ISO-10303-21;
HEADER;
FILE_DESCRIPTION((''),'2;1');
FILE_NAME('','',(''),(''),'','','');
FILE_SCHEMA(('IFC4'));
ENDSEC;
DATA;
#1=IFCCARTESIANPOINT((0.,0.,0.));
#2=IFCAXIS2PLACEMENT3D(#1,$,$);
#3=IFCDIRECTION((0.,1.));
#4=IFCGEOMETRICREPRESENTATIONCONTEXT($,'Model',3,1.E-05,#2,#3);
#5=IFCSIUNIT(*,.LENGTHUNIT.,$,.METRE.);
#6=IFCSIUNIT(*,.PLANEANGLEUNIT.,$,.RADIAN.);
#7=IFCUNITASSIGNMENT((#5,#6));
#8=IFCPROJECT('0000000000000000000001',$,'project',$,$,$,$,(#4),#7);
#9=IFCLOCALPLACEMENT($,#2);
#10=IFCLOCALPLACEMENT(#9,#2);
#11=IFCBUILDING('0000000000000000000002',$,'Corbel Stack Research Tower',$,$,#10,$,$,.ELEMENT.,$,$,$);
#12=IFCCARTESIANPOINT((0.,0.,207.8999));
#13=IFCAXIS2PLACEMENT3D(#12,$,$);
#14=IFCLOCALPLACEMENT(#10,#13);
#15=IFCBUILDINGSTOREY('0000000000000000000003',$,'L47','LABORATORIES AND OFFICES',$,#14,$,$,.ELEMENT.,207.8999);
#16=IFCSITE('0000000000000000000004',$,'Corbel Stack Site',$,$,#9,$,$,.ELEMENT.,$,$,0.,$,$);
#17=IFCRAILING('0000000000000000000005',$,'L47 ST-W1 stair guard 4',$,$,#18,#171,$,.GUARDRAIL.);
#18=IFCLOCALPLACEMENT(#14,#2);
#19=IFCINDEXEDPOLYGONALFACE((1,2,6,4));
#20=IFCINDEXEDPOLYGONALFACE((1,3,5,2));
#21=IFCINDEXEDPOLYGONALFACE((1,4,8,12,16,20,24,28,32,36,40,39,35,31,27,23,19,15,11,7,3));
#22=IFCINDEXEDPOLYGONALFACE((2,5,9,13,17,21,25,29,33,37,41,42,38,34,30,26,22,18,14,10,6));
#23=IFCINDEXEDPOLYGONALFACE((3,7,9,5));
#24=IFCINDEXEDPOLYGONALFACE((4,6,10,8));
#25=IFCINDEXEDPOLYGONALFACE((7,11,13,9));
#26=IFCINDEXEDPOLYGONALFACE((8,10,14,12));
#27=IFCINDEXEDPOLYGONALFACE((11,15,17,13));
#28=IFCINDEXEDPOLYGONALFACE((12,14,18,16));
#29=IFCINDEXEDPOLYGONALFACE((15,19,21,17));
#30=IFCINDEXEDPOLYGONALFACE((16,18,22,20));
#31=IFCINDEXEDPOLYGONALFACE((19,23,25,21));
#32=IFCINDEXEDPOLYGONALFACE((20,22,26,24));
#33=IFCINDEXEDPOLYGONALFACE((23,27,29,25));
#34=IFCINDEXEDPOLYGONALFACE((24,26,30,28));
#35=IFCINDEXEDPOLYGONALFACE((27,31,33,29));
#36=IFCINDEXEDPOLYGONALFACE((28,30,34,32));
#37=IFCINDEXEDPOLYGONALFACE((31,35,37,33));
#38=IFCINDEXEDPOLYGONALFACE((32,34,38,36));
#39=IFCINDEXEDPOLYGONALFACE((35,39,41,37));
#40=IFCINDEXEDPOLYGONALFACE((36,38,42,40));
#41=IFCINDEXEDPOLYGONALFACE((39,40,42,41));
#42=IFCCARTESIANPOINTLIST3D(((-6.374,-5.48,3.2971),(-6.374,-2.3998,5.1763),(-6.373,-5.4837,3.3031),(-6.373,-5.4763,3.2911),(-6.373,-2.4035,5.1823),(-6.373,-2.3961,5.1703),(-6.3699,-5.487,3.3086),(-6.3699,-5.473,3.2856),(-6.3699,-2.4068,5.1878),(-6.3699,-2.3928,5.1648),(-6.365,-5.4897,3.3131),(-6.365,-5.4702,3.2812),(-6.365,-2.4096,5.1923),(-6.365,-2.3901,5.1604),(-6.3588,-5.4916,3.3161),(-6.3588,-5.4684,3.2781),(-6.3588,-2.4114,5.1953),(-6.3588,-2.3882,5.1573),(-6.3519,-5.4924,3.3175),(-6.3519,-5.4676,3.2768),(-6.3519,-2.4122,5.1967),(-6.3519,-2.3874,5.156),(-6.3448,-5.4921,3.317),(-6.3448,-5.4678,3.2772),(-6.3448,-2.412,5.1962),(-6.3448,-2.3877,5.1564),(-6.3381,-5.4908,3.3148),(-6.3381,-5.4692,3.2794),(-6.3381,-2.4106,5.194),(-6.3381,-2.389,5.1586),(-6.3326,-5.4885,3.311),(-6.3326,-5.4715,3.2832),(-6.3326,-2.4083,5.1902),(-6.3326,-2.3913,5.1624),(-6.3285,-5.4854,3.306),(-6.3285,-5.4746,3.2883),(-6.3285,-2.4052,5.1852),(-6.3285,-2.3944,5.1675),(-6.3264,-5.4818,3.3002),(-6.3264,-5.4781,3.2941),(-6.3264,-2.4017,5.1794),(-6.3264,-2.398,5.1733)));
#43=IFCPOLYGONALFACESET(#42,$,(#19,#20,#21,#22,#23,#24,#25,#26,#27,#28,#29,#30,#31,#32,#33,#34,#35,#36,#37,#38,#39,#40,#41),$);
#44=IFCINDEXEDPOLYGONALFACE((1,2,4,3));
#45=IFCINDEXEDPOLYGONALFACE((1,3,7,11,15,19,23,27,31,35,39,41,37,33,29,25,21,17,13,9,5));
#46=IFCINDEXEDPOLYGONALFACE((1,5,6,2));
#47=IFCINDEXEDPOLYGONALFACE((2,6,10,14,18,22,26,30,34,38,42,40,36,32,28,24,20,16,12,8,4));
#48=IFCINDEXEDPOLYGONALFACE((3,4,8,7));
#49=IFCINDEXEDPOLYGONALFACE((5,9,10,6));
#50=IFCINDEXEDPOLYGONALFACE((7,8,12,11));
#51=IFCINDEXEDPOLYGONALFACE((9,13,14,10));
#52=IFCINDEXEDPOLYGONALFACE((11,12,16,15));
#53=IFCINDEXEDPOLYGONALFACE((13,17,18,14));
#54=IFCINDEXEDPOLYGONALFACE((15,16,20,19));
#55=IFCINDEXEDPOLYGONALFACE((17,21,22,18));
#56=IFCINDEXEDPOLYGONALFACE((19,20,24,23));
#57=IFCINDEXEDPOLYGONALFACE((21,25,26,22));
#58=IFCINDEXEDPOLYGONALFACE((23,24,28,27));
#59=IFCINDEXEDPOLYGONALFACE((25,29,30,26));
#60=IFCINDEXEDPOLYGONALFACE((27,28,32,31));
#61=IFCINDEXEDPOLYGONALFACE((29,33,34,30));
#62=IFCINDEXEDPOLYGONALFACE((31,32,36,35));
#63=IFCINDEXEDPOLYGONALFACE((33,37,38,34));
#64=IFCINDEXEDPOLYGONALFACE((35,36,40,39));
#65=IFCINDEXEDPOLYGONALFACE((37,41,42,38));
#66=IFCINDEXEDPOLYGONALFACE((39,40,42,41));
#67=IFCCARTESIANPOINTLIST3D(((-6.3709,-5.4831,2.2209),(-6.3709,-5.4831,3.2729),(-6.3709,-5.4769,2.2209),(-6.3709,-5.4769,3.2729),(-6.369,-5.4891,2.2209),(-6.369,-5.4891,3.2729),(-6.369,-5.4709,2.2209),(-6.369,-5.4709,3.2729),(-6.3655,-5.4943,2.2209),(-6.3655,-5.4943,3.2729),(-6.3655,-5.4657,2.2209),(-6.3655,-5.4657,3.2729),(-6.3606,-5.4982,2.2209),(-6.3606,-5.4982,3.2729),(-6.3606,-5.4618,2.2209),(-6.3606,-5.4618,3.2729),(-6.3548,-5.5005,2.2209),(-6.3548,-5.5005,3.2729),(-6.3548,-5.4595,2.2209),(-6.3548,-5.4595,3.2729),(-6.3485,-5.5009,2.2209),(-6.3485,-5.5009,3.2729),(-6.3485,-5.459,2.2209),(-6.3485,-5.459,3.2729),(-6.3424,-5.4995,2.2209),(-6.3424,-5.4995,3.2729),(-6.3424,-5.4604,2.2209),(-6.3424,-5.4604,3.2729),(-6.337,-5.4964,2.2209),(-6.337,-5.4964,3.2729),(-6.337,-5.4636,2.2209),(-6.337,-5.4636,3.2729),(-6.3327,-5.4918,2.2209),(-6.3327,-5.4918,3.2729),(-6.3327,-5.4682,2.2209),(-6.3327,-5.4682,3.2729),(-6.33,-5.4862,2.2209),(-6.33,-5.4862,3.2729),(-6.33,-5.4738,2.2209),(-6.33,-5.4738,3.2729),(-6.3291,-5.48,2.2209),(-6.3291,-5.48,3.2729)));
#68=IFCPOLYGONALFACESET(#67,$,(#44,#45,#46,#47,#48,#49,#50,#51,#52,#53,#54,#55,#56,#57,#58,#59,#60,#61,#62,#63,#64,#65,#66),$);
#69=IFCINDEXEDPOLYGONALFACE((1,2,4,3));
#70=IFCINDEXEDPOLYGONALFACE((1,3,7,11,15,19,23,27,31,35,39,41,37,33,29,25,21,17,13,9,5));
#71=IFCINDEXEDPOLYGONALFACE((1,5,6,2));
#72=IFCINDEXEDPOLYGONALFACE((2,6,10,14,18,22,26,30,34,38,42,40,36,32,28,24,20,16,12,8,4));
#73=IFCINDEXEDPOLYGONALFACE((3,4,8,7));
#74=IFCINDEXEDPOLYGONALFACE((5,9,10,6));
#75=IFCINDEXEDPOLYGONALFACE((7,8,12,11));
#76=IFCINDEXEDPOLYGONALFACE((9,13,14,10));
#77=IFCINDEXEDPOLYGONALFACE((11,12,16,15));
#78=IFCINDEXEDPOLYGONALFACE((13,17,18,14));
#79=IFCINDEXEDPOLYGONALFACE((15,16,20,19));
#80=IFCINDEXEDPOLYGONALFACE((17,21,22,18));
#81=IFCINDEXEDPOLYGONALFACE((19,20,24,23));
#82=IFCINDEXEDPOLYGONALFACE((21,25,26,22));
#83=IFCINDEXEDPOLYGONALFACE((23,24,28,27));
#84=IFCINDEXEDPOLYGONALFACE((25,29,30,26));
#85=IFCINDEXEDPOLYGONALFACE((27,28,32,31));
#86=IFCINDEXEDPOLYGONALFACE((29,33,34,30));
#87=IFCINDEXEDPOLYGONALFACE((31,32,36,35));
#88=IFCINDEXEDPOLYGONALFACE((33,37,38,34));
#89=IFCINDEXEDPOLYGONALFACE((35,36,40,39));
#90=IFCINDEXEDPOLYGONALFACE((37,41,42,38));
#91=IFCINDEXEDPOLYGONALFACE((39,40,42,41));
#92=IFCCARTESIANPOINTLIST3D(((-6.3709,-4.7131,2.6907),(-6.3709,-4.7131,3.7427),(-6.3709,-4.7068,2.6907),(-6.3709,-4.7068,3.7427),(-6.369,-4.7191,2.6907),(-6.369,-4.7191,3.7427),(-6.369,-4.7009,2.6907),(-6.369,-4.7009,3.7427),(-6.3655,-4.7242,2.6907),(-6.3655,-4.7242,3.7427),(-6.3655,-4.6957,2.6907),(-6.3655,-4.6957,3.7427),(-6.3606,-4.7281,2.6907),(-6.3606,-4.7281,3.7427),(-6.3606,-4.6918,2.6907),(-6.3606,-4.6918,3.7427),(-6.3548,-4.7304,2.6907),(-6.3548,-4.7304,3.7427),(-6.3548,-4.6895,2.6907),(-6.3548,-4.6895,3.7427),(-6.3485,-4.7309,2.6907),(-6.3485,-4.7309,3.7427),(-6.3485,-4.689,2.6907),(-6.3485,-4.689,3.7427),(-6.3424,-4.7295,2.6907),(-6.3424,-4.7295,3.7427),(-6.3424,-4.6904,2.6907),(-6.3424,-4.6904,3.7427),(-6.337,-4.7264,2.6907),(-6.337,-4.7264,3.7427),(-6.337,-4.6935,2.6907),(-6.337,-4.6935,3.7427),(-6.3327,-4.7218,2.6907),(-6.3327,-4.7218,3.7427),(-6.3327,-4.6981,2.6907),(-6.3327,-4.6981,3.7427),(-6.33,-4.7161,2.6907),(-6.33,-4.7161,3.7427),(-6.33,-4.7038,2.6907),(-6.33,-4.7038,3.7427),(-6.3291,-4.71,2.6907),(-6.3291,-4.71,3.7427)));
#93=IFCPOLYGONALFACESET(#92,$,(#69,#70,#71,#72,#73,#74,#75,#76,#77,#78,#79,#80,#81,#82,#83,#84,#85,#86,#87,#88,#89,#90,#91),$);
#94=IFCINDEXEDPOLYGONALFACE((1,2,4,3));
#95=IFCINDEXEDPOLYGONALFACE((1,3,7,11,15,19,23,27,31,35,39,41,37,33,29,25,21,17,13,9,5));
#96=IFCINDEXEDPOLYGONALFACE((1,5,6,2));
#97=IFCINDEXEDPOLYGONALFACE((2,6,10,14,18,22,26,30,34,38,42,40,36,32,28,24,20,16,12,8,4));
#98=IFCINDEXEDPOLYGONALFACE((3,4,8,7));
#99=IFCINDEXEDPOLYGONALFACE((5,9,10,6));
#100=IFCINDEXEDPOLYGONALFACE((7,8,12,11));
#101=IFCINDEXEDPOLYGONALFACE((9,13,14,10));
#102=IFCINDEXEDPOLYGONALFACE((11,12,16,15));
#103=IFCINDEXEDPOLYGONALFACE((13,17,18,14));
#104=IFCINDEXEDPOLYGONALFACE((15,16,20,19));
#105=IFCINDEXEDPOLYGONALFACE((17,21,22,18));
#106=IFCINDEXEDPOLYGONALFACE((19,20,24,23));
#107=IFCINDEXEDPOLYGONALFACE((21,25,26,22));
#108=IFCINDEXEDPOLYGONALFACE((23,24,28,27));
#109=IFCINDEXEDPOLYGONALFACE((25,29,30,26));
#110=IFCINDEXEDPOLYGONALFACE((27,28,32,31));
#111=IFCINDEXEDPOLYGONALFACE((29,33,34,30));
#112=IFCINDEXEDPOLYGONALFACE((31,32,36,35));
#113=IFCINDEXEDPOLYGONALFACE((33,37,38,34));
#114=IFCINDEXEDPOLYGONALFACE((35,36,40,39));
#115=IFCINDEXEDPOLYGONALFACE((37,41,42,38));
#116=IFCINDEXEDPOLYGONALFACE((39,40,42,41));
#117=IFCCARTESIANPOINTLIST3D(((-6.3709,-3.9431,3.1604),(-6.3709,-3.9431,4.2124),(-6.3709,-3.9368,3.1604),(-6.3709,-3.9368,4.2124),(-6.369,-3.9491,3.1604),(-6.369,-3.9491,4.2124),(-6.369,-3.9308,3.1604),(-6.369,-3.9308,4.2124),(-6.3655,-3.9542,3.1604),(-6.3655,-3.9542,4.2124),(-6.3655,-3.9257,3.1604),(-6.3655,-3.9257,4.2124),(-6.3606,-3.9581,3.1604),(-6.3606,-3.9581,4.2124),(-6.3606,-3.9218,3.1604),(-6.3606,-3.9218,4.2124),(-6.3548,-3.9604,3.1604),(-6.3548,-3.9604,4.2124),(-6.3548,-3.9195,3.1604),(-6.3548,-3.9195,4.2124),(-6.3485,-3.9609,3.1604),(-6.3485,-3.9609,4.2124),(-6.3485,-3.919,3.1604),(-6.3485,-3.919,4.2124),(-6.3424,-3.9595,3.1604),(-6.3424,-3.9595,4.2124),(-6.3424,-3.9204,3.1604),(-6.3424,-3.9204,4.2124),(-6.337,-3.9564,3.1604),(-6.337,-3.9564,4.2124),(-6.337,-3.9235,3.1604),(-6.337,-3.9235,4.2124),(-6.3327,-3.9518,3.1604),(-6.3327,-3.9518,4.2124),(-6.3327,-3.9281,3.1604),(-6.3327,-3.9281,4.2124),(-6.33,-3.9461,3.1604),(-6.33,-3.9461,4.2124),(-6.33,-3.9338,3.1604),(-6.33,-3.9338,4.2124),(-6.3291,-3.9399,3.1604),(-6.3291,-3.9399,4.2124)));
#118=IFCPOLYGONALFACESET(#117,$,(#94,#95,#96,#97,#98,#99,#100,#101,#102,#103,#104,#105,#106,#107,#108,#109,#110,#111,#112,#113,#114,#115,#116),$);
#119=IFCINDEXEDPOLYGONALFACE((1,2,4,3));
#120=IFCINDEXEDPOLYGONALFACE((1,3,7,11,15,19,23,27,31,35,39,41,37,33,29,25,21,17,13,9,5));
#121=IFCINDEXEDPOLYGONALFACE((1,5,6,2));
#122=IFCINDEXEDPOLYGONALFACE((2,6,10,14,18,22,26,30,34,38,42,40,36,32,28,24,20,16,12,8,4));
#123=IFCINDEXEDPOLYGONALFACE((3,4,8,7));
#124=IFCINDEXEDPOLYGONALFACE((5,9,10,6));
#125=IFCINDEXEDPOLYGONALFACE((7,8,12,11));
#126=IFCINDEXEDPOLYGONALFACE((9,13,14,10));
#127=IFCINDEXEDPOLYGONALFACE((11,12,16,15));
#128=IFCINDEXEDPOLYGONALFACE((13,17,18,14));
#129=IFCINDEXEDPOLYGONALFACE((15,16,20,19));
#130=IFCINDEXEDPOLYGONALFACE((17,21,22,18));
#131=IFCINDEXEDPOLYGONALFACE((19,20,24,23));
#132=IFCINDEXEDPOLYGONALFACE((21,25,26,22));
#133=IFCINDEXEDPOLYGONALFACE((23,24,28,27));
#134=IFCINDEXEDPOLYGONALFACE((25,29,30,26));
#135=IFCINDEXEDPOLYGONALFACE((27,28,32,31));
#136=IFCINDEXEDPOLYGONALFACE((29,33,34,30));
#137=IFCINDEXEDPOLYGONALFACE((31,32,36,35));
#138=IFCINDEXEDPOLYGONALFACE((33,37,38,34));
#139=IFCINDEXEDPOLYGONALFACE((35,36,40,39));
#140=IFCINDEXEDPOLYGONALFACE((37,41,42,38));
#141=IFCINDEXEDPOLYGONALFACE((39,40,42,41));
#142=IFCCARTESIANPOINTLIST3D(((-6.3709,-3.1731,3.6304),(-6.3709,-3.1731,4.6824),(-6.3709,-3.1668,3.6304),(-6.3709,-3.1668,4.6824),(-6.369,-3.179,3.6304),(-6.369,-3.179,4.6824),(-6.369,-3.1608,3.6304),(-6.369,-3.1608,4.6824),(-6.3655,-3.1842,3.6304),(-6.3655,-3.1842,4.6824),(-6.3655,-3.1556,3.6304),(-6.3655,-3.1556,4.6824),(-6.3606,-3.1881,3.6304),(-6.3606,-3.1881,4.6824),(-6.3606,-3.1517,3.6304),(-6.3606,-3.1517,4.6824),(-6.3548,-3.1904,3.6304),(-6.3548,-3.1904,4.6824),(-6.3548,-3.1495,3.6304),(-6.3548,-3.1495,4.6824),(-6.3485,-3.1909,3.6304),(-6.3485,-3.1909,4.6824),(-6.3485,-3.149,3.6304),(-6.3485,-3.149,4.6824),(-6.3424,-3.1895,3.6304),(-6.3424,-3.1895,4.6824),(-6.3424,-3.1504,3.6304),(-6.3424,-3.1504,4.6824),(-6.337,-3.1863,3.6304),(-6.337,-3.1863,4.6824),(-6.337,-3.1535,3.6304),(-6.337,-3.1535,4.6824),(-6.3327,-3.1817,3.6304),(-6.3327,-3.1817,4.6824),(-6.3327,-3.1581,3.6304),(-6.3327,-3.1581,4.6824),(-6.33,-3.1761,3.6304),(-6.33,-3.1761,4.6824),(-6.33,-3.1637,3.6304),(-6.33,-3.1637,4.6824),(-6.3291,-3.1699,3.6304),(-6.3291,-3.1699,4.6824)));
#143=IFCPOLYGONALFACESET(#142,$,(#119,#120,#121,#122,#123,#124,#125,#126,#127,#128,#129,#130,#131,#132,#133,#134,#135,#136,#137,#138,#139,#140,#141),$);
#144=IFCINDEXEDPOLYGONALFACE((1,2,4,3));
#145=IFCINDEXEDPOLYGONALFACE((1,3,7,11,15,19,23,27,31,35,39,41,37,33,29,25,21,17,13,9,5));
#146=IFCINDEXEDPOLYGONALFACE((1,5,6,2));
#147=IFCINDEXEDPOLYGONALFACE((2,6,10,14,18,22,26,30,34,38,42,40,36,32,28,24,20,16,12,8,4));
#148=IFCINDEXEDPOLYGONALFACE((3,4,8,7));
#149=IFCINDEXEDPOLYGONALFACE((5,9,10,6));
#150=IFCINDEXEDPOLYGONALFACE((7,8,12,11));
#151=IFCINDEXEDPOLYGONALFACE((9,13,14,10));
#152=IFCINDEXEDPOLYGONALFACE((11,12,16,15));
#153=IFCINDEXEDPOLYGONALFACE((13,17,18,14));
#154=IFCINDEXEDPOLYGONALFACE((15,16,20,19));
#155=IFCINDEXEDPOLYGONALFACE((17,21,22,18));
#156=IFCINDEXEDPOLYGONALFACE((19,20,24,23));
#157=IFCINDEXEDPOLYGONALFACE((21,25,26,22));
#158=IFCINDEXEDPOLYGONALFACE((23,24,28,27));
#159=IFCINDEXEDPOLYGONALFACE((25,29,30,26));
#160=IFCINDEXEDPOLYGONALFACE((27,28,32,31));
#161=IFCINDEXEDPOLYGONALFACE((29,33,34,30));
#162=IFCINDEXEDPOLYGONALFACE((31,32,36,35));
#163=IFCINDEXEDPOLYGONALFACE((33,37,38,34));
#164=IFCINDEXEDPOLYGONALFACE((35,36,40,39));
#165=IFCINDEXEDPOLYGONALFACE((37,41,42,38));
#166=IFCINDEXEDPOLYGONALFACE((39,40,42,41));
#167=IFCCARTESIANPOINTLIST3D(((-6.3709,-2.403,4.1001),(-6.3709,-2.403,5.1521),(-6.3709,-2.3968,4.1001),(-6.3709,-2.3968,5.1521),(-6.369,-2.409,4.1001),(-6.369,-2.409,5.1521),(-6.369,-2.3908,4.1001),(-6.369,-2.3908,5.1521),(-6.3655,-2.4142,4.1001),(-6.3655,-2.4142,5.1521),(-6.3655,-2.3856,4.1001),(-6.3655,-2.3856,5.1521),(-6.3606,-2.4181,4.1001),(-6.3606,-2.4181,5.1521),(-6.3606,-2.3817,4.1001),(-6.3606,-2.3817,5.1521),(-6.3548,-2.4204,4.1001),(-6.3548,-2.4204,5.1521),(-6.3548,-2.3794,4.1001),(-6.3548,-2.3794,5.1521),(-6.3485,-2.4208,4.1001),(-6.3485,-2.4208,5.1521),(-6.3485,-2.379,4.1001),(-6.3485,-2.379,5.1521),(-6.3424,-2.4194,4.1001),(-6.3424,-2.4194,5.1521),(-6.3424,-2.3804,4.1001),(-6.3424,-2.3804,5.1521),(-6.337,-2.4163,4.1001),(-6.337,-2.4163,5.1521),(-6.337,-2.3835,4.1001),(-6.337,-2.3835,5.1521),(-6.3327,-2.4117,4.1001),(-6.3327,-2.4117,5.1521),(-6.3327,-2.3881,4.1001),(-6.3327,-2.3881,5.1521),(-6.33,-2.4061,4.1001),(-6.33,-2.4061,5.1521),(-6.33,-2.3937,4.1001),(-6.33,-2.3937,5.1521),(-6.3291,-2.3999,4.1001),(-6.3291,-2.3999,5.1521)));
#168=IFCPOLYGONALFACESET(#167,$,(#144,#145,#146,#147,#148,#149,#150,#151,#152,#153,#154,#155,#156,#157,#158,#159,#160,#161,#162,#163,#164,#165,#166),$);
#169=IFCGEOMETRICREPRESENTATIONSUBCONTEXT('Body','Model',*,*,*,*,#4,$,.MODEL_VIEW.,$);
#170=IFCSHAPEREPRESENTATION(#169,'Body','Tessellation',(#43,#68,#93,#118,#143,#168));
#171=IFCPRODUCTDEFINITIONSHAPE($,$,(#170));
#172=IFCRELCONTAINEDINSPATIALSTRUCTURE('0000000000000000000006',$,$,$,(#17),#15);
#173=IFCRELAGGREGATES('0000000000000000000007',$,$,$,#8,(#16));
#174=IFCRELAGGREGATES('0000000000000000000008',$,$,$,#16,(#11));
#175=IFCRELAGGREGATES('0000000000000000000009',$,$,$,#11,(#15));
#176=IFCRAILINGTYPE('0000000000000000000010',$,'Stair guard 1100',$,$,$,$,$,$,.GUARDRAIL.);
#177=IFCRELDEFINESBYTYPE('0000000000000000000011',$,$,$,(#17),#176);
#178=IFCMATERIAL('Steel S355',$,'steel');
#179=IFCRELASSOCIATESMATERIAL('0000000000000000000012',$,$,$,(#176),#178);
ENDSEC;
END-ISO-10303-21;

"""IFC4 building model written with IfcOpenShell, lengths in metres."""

from ifc_helpers import new_model, si_unit, direction, frame, origin, origin_2d, place, context, subcontext, project, spatial, circle, extrude, material, type_object, element, save


model = new_model("IFC4")

# Units and contexts
model_context = context("Model", 3, precision=1e-05, world=origin(), true_north=direction((0.0, 1.0)))
body_context = subcontext(model_context, "Body", "Model", "MODEL_VIEW")
ifc_project = project(units=[si_unit("LENGTHUNIT", "METRE"), si_unit("PLANEANGLEUNIT", "RADIAN")], contexts=[model_context])

# Site, building, storey
site_placement = place(None, origin())
site = spatial("IfcSite", under=ifc_project, at=site_placement, Name="Corbel Stack Site", CompositionType="ELEMENT", RefElevation=0.0)
building_placement = place(site_placement, origin())
building = spatial("IfcBuilding", under=site, at=building_placement, Name="Corbel Stack Research Tower", CompositionType="ELEMENT")
storey_placement = place(building_placement, frame((0.0, 0.0, 207.8999)))
storey = spatial("IfcBuildingStorey", under=building, at=storey_placement, Name="L47", Description="LABORATORIES AND OFFICES", CompositionType="ELEMENT", Elevation=207.8999)

# Railing
ifc_material_1 = material(Name="Steel S355", Category="steel")
railing_type_1 = type_object("IfcRailingType", Name="Stair guard 1100", PredefinedType="GUARDRAIL", material=ifc_material_1)
railing_1_placement = place(storey_placement, frame((-6.3501, -5.48, 2.2209)))
element("IfcRailing", 1, at=railing_1_placement, inside=storey, type_object=railing_type_1, Name="L47 ST-W1 stair guard 4", PredefinedType="GUARDRAIL", context=body_context, shape_type="SweptSolid", body=[
    extrude(circle(Radius=0.0239, at=origin_2d()), frame((0.0, 0.0, 1.0762), z_axis=(0.0, 0.853666, 0.52082), x_axis=(-1.0, 0.0, 0.0)), (0.0, 0.0, 1.0), 3.6082),
    extrude(circle(Radius=0.021, at=origin_2d()), origin(), (0.0, 0.0, 1.0), 1.052),
    extrude(circle(Radius=0.021, at=origin_2d()), frame((0.0, 0.77, 0.4697)), (0.0, 0.0, 1.0), 1.052),
    extrude(circle(Radius=0.021, at=origin_2d()), frame((0.0, 1.54, 0.9395)), (0.0, 0.0, 1.0), 1.052),
    extrude(circle(Radius=0.021, at=origin_2d()), frame((0.0, 2.3101, 1.4094)), (0.0, 0.0, 1.0), 1.052),
    extrude(circle(Radius=0.021, at=origin_2d()), frame((0.0, 3.0801, 1.8792)), (0.0, 0.0, 1.0), 1.052),
])

save(model, "model.ifc")
